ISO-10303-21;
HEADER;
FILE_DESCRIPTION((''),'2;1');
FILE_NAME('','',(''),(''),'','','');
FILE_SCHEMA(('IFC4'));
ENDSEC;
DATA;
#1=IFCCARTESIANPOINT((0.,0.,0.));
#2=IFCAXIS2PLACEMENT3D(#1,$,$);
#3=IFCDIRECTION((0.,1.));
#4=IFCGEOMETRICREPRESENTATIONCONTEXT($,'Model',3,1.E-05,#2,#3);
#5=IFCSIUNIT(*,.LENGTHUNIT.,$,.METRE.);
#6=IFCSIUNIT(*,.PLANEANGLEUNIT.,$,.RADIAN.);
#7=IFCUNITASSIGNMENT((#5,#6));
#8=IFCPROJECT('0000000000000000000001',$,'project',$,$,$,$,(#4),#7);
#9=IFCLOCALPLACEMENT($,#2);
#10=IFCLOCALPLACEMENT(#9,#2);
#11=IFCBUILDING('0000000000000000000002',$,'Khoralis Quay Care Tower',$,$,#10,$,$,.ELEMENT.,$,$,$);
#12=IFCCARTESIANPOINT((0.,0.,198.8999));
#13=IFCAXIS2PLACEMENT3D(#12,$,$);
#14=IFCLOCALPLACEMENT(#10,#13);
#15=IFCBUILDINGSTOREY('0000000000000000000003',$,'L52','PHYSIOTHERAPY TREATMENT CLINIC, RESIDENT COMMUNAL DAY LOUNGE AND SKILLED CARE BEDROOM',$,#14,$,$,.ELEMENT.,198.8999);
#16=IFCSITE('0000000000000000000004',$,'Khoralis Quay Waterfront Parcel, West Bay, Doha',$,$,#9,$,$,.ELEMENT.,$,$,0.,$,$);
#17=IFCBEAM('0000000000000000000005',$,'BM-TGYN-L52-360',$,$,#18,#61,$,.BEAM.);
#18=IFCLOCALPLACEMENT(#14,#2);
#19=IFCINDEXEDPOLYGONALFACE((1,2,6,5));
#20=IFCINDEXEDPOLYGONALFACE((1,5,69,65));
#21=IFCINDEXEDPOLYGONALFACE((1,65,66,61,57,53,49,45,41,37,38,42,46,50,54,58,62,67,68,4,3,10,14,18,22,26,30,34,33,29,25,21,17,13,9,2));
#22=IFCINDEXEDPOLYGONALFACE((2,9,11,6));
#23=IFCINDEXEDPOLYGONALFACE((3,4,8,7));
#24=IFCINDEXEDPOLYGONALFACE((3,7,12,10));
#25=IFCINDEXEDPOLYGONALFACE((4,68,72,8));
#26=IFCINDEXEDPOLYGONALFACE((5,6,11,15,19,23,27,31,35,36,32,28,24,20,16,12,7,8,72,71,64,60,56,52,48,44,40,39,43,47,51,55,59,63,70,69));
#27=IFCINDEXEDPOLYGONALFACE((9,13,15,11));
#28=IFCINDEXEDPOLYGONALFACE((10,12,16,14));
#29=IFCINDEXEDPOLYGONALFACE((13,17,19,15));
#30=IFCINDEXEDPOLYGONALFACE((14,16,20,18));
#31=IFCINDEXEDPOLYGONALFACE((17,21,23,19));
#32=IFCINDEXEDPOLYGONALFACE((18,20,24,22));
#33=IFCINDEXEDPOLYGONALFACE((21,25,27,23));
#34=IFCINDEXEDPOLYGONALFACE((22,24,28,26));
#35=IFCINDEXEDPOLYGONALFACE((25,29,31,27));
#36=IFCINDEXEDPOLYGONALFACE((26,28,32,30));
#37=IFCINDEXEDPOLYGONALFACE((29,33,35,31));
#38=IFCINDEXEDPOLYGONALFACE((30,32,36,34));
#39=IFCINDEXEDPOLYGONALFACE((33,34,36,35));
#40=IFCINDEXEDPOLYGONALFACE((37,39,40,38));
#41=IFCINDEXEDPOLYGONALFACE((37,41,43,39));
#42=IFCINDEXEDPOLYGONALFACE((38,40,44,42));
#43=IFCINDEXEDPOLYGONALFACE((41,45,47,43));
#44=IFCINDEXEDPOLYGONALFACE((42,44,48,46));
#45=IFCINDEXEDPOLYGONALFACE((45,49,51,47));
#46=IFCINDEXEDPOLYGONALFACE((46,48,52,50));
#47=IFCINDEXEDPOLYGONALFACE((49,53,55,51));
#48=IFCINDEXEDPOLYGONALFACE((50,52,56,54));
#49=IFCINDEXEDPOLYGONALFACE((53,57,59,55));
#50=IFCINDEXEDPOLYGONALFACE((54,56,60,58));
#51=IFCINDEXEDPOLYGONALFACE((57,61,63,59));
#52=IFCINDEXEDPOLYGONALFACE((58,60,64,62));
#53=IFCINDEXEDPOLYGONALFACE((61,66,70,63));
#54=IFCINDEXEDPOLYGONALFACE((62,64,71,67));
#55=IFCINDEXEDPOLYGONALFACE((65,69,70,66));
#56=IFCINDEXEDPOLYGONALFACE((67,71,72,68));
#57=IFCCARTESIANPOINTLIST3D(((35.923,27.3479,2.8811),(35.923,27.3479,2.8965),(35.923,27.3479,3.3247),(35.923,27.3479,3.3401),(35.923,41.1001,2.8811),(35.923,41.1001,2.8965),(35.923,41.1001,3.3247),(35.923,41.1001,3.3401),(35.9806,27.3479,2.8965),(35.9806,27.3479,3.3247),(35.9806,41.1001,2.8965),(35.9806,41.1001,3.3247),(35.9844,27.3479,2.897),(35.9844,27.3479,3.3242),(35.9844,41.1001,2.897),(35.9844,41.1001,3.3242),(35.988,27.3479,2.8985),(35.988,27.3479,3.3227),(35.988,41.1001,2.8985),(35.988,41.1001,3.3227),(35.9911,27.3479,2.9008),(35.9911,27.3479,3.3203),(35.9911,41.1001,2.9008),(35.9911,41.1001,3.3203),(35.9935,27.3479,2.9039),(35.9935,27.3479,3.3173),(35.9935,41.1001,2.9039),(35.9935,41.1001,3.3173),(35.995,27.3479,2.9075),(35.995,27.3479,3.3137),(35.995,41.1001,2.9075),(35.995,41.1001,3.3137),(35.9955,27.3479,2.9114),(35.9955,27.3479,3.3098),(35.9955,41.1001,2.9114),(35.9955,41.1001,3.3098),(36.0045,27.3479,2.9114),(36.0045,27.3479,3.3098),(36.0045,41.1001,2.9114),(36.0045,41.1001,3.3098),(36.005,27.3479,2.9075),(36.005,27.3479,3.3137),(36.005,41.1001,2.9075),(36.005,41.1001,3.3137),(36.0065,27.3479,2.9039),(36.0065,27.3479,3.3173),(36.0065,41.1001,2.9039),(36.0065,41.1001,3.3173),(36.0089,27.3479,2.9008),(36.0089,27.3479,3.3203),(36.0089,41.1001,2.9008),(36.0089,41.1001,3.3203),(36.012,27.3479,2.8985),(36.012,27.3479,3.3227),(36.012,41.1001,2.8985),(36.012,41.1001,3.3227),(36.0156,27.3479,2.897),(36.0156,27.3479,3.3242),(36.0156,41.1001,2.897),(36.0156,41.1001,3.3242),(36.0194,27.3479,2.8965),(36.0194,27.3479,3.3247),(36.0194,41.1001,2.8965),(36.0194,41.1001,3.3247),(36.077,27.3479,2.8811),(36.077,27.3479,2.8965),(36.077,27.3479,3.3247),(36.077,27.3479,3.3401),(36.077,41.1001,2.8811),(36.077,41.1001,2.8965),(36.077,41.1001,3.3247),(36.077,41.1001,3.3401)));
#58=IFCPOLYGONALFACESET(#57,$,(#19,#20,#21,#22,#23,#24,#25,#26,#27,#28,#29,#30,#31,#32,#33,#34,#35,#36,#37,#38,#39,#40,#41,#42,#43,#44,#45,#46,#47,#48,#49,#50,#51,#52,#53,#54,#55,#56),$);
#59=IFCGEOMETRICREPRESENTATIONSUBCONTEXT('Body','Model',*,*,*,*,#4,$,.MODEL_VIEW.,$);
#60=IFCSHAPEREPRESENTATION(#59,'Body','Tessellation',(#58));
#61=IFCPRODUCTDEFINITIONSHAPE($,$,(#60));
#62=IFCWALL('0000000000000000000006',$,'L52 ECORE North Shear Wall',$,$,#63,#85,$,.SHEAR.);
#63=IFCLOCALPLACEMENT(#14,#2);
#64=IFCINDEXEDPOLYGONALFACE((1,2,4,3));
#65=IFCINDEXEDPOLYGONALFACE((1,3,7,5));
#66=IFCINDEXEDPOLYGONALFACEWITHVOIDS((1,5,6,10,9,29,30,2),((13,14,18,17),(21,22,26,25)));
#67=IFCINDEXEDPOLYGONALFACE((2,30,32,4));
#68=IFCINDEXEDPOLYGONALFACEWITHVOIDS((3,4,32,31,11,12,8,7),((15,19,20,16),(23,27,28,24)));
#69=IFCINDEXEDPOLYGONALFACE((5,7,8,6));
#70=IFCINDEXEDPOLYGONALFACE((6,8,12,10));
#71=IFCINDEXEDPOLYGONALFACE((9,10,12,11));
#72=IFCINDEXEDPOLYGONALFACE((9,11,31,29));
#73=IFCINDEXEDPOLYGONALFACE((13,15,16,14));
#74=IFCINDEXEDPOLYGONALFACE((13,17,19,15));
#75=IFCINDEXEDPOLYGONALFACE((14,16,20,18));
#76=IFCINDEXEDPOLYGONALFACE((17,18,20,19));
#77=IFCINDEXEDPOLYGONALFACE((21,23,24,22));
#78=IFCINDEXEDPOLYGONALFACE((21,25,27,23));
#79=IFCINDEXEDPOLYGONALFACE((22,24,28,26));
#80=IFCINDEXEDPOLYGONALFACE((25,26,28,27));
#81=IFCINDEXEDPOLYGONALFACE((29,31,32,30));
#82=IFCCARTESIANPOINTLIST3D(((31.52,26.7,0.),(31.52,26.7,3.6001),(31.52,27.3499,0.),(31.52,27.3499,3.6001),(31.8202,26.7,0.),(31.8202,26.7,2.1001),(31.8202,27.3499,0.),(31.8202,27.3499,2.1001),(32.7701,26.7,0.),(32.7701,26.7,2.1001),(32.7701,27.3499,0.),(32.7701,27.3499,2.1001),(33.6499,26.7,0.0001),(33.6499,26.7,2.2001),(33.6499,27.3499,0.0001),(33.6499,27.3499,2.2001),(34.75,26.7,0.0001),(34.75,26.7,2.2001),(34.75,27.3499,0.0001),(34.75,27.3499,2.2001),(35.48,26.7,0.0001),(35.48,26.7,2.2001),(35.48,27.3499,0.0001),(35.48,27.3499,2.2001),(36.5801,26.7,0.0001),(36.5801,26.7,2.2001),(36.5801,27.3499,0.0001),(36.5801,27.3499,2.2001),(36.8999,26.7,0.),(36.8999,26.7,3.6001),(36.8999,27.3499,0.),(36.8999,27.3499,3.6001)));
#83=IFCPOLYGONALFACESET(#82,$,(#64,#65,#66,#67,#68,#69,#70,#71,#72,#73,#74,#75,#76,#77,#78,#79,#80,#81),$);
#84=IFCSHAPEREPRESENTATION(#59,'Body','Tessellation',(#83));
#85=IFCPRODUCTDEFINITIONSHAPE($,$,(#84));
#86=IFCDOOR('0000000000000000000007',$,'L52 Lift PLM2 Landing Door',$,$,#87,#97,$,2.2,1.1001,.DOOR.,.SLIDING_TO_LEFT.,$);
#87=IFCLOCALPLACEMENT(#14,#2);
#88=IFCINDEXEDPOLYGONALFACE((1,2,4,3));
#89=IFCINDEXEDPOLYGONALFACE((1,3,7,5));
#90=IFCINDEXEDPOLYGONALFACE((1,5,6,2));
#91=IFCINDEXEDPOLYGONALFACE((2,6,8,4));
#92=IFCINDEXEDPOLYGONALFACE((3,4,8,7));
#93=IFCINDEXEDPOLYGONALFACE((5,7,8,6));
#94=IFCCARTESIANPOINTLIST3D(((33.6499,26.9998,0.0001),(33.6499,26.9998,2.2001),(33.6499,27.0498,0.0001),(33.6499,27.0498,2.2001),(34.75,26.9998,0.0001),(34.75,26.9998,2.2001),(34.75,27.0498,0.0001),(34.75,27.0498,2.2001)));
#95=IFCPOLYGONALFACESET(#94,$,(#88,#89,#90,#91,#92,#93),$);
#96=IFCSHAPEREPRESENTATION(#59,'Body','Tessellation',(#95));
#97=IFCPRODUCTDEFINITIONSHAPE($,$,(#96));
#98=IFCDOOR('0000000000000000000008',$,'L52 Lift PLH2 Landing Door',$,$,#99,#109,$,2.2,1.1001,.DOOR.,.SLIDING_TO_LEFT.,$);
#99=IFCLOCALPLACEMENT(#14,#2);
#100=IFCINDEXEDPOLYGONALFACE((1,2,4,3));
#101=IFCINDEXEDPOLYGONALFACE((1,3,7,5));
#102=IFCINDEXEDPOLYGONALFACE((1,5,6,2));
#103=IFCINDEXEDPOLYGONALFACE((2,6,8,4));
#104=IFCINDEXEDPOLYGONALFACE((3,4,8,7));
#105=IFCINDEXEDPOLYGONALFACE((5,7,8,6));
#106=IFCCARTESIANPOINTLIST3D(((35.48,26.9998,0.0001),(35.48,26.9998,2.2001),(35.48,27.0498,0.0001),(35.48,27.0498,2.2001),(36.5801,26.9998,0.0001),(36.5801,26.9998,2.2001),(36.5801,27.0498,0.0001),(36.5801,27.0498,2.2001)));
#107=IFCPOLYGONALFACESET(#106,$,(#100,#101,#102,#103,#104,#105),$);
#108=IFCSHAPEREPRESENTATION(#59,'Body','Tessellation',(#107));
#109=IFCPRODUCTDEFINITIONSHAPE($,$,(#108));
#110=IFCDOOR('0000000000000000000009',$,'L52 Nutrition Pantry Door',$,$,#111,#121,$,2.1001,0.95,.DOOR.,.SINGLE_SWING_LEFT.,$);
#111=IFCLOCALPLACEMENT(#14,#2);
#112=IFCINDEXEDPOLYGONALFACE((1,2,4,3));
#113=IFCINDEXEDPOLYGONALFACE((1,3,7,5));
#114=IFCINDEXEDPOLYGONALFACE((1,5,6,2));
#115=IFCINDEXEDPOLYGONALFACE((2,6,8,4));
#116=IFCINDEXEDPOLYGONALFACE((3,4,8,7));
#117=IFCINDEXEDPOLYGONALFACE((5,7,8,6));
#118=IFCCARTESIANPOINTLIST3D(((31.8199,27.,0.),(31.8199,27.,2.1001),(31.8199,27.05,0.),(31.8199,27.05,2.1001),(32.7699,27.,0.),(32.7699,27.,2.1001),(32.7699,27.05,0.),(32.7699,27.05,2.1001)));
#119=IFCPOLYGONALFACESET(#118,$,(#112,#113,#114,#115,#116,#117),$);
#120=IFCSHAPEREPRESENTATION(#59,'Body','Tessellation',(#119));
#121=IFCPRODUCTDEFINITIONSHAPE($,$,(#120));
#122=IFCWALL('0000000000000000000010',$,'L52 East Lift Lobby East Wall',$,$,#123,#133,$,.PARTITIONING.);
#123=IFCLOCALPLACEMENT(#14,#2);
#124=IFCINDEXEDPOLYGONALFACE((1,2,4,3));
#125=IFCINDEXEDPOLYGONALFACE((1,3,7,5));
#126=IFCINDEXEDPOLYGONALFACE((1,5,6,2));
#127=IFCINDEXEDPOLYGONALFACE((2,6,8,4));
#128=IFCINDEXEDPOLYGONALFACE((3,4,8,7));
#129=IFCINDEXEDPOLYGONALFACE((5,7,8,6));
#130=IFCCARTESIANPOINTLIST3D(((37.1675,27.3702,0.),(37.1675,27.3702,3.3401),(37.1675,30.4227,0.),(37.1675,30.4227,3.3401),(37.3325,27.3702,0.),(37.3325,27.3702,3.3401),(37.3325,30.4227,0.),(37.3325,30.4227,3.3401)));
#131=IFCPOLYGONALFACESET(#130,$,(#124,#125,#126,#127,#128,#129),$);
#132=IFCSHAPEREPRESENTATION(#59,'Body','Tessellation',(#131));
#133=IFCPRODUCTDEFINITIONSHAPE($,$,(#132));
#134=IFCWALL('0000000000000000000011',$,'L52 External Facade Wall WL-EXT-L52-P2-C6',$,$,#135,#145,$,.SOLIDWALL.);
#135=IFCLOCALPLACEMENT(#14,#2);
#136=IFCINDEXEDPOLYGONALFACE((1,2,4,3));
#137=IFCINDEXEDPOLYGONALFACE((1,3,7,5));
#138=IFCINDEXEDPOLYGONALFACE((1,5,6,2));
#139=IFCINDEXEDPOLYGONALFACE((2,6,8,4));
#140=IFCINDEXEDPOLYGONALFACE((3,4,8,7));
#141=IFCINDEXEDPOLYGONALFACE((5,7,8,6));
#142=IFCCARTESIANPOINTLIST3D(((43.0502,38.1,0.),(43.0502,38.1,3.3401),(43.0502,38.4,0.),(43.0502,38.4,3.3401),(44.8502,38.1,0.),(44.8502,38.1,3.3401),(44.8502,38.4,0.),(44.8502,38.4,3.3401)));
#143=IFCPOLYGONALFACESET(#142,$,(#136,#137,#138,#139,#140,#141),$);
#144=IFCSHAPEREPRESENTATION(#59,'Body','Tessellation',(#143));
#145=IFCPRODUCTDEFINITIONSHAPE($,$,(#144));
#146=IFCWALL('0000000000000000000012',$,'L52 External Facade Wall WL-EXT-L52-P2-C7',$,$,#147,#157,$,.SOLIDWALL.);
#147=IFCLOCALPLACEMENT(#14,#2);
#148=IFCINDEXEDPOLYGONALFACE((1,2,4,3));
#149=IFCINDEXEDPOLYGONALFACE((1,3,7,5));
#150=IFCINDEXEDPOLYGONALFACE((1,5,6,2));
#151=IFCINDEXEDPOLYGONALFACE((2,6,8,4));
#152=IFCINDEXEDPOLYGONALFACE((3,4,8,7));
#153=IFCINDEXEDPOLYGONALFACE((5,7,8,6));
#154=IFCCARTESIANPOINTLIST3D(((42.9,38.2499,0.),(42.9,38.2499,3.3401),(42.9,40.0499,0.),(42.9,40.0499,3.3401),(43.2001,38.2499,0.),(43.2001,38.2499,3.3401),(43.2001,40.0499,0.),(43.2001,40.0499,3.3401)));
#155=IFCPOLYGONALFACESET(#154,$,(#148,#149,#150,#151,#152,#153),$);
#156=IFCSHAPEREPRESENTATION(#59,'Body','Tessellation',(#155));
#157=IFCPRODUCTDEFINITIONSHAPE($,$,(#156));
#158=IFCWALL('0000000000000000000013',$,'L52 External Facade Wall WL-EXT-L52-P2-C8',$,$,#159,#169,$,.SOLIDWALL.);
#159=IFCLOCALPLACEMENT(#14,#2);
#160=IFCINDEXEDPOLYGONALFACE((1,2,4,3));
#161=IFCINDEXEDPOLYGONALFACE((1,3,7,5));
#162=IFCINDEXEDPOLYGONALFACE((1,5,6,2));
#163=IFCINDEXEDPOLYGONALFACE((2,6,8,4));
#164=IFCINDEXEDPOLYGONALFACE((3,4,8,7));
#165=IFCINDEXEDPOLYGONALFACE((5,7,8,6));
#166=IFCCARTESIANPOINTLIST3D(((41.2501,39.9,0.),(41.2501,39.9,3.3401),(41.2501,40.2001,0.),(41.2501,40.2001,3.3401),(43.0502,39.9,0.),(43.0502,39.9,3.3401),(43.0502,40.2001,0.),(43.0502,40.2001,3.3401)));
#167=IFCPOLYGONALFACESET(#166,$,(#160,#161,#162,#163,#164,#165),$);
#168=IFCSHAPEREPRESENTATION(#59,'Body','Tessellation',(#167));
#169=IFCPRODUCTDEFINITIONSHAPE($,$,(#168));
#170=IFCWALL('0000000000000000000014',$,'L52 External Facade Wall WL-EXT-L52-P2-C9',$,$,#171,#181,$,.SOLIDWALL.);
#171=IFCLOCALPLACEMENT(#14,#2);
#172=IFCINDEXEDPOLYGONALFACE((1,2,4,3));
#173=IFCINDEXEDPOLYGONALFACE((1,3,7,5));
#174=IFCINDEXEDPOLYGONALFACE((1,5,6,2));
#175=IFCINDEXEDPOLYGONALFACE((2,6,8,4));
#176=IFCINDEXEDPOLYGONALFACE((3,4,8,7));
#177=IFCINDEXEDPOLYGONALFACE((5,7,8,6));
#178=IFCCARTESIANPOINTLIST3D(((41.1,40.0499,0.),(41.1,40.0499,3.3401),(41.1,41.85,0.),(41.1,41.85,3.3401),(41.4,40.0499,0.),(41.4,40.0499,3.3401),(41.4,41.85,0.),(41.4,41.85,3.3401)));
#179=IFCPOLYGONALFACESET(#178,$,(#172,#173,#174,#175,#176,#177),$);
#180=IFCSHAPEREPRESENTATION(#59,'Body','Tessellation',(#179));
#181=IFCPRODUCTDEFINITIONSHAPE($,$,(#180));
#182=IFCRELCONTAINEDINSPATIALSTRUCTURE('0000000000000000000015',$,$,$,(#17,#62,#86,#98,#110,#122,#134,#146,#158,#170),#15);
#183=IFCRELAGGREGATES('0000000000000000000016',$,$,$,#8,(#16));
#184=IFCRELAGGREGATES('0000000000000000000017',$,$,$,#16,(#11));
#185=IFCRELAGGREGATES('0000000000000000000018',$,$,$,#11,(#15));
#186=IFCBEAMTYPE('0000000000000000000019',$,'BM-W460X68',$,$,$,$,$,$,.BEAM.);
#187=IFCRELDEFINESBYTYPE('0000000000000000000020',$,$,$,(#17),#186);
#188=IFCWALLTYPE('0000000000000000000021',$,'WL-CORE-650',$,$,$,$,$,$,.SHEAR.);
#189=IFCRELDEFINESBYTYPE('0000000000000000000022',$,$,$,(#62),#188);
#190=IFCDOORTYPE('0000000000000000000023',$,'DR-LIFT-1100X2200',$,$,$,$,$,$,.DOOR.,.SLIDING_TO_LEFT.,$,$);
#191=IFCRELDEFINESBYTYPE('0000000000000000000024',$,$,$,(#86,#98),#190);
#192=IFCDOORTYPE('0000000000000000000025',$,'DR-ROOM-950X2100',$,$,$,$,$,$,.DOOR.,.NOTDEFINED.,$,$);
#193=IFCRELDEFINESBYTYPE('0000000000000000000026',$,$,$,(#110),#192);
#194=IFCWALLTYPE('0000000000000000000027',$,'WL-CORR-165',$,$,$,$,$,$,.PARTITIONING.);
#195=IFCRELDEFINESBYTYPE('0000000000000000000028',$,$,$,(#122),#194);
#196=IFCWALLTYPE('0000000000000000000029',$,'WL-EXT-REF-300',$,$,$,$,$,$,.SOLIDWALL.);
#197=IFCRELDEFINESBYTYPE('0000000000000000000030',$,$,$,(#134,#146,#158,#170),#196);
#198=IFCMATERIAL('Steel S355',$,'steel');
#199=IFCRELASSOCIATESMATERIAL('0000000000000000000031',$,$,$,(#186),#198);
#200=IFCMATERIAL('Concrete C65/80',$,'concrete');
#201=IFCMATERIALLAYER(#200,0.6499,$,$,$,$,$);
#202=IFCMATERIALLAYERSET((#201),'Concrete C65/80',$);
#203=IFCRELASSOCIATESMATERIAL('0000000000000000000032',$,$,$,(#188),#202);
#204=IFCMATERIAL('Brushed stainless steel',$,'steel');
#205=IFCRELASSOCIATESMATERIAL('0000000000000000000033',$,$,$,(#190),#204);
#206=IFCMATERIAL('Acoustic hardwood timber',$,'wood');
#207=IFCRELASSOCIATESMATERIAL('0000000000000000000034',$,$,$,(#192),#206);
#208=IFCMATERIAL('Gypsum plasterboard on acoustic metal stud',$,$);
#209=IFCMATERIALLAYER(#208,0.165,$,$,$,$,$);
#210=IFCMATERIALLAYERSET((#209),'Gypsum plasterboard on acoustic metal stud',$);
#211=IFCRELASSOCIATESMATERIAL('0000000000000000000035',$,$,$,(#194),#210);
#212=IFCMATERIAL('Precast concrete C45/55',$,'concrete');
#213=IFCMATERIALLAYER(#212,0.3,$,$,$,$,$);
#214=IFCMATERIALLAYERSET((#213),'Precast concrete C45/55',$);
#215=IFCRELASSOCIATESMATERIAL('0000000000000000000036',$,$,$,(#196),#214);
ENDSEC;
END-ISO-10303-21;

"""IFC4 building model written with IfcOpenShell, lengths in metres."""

from ifc_helpers import new_model, si_unit, direction, frame, frame_2d, origin, origin_2d, place, context, subcontext, project, spatial, rectangle, i_section, extrude, source, transform, mapped, material, layer, layer_set, material_profile, profile_set, type_object, element, fill, save


model = new_model("IFC4")

# Units and contexts
model_context = context("Model", 3, precision=1e-05, world=origin(), true_north=direction((0.0, 1.0)))
body_context = subcontext(model_context, "Body", "Model", "MODEL_VIEW")
ifc_project = project(units=[si_unit("LENGTHUNIT", "METRE"), si_unit("PLANEANGLEUNIT", "RADIAN")], contexts=[model_context])

# Site, building, storey
site_placement = place(None, origin())
site = spatial("IfcSite", under=ifc_project, at=site_placement, Name="Khoralis Quay Waterfront Parcel, West Bay, Doha", CompositionType="ELEMENT", RefElevation=0.0)
building_placement = place(site_placement, origin())
building = spatial("IfcBuilding", under=site, at=building_placement, Name="Khoralis Quay Care Tower", CompositionType="ELEMENT")
storey_placement = place(building_placement, frame((0.0, 0.0, 198.8999)))
storey = spatial("IfcBuildingStorey", under=building, at=storey_placement, Name="L52", Description="PHYSIOTHERAPY TREATMENT CLINIC, RESIDENT COMMUNAL DAY LOUNGE AND SKILLED CARE BEDROOM", CompositionType="ELEMENT", Elevation=198.8999)

# Shared definitions
ifc_material_1 = material(Name="Concrete C65/80", Category="concrete")

# Beam
ifc_material_2 = material(Name="Steel S355", Category="steel")
ifc_material_profile_1 = material_profile(ifc_material_2, i_section(OverallWidth=0.1541, OverallDepth=0.459, WebThickness=0.009, FlangeThickness=0.0154, FilletRadius=0.0149, at=origin_2d()), Name="Steel S355")
ifc_profile_set_1 = profile_set([ifc_material_profile_1], Name="Steel S355")
beam_type_1 = type_object("IfcBeamType", Name="BM-W460X68", PredefinedType="BEAM", material=ifc_profile_set_1)
shared_shape_1 = source(origin(), body_context, "Body", "SweptSolid", [
    extrude(i_section(OverallWidth=0.1541, OverallDepth=0.459, WebThickness=0.009, FlangeThickness=0.0154, FilletRadius=0.0149, at=origin_2d()), origin(), (0.0, 0.0, 1.0), 13.7522),
])
beam_1_placement = place(storey_placement, frame((36.0, 27.3479, 3.1106), z_axis=(0.0, 1.0, 0.0), x_axis=(-1.0, 0.0, 0.0)))
element("IfcBeam", 1, at=beam_1_placement, inside=storey, type_object=beam_type_1, Name="BM-TGYN-L52-360", PredefinedType="BEAM", context=body_context, shape_type="MappedRepresentation", body=[
    mapped(shared_shape_1, transform((0.0, 0.0, 0.0), scale=1.0)),
])

# Wall, openings, doors
ifc_layer_1 = layer(ifc_material_1, 0.6499)
ifc_layer_set_1 = layer_set([ifc_layer_1], Name="Concrete C65/80")
wall_type_1 = type_object("IfcWallType", Name="WL-CORE-650", PredefinedType="SHEAR", material=ifc_layer_set_1)
wall_1_placement = place(storey_placement, frame((31.52, 27.0249, 0.0), z_axis=(0.0, 0.0, 1.0), x_axis=(1.0, 0.0, 0.0)))
wall_1 = element("IfcWall", 2, at=wall_1_placement, inside=storey, type_object=wall_type_1, Name="L52 ECORE North Shear Wall", PredefinedType="SHEAR", context=body_context, shape_type="SweptSolid", body=[
    extrude(rectangle(XDim=5.3799, YDim=0.6499, at=frame_2d((2.6899, 0.0))), origin(), (0.0, 0.0, 1.0), 3.6001),
])
opening_1_placement = place(wall_1_placement, frame((0.3, 0.0, 0.0)))
opening_1 = element("IfcOpeningElement", 3, at=opening_1_placement, cuts=wall_1, PredefinedType="OPENING", context=body_context, shape_type="SweptSolid", body=[
    extrude(rectangle(XDim=0.95, YDim=2.1001, at=frame_2d((0.4751, 1.05))), frame((0.0, 0.335, 0.0), z_axis=(0.0, -1.0, 0.0), x_axis=(1.0, 0.0, 0.0)), (0.0, 0.0, 1.0), 0.6699),
])
opening_2_placement = place(wall_1_placement, frame((2.1299, 0.0, 0.0)))
opening_2 = element("IfcOpeningElement", 4, at=opening_2_placement, cuts=wall_1, PredefinedType="OPENING", context=body_context, shape_type="SweptSolid", body=[
    extrude(rectangle(XDim=1.1001, YDim=2.2, at=frame_2d((0.55, 1.1001))), frame((0.0, 0.335, 0.0), z_axis=(0.0, -1.0, 0.0), x_axis=(1.0, 0.0, 0.0)), (0.0, 0.0, 1.0), 0.6699),
])
opening_3_placement = place(wall_1_placement, frame((3.96, 0.0, 0.0)))
opening_3 = element("IfcOpeningElement", 5, at=opening_3_placement, cuts=wall_1, PredefinedType="OPENING", context=body_context, shape_type="SweptSolid", body=[
    extrude(rectangle(XDim=1.1001, YDim=2.2, at=frame_2d((0.55, 1.1001))), frame((0.0, 0.335, 0.0), z_axis=(0.0, -1.0, 0.0), x_axis=(1.0, 0.0, 0.0)), (0.0, 0.0, 1.0), 0.6699),
])
ifc_material_3 = material(Name="Brushed stainless steel", Category="steel")
door_type_1 = type_object("IfcDoorType", Name="DR-LIFT-1100X2200", OperationType="SLIDING_TO_LEFT", PredefinedType="DOOR", material=ifc_material_3)
shared_shape_2 = source(origin(), body_context, "Body", "SweptSolid", [
    extrude(rectangle(XDim=1.1001, YDim=2.2, at=frame_2d((0.55, 1.1001))), frame((0.0, 0.0249, 0.0), z_axis=(0.0, -1.0, 0.0), x_axis=(1.0, 0.0, 0.0)), (0.0, 0.0, 1.0), 0.05),
])
door_1_placement = place(opening_2_placement, origin())
door_1 = element("IfcDoor", 6, at=door_1_placement, inside=storey, type_object=door_type_1, Name="L52 Lift PLM2 Landing Door", OperationType="SLIDING_TO_LEFT", OverallHeight=2.2, OverallWidth=1.1001, PredefinedType="DOOR", context=body_context, shape_type="MappedRepresentation", body=[
    mapped(shared_shape_2, transform((0.0, 0.0, 0.0), scale=1.0)),
])
fill(opening_2, door_1)
door_2_placement = place(opening_3_placement, origin())
door_2 = element("IfcDoor", 7, at=door_2_placement, inside=storey, type_object=door_type_1, Name="L52 Lift PLH2 Landing Door", OperationType="SLIDING_TO_LEFT", OverallHeight=2.2, OverallWidth=1.1001, PredefinedType="DOOR", context=body_context, shape_type="MappedRepresentation", body=[
    mapped(shared_shape_2, transform((0.0, 0.0, 0.0), scale=1.0)),
])
fill(opening_3, door_2)
ifc_material_4 = material(Name="Acoustic hardwood timber", Category="wood")
door_type_2 = type_object("IfcDoorType", Name="DR-ROOM-950X2100", OperationType="NOTDEFINED", PredefinedType="DOOR", material=ifc_material_4)
shared_shape_3 = source(origin(), body_context, "Body", "SweptSolid", [
    extrude(rectangle(XDim=0.95, YDim=2.1001, at=frame_2d((0.4751, 1.05))), frame((0.0, 0.0249, 0.0), z_axis=(0.0, -1.0, 0.0), x_axis=(1.0, 0.0, 0.0)), (0.0, 0.0, 1.0), 0.05),
])
door_3_placement = place(opening_1_placement, frame((0.95, 0.0, 0.0), z_axis=(0.0, 0.0, 1.0), x_axis=(-1.0, 0.0, 0.0)))
door_3 = element("IfcDoor", 8, at=door_3_placement, inside=storey, type_object=door_type_2, Name="L52 Nutrition Pantry Door", OperationType="SINGLE_SWING_LEFT", OverallHeight=2.1001, OverallWidth=0.95, PredefinedType="DOOR", context=body_context, shape_type="MappedRepresentation", body=[
    mapped(shared_shape_3, transform((0.0, 0.0, 0.0), scale=1.0)),
])
fill(opening_1, door_3)

# Walls
ifc_material_5 = material(Name="Gypsum plasterboard on acoustic metal stud")
ifc_layer_2 = layer(ifc_material_5, 0.165)
ifc_layer_set_2 = layer_set([ifc_layer_2], Name="Gypsum plasterboard on acoustic metal stud")
wall_type_2 = type_object("IfcWallType", Name="WL-CORR-165", PredefinedType="PARTITIONING", material=ifc_layer_set_2)
wall_2_placement = place(storey_placement, frame((37.25, 27.3701, 0.0), z_axis=(0.0, 0.0, 1.0), x_axis=(0.0, 1.0, 0.0)))
element("IfcWall", 9, at=wall_2_placement, inside=storey, type_object=wall_type_2, Name="L52 East Lift Lobby East Wall", PredefinedType="PARTITIONING", context=body_context, shape_type="SweptSolid", body=[
    extrude(rectangle(XDim=3.0525, YDim=0.165, at=frame_2d((1.5264, 0.0))), origin(), (0.0, 0.0, 1.0), 3.3401),
])
ifc_material_6 = material(Name="Precast concrete C45/55", Category="concrete")
ifc_layer_3 = layer(ifc_material_6, 0.3)
ifc_layer_set_3 = layer_set([ifc_layer_3], Name="Precast concrete C45/55")
wall_type_3 = type_object("IfcWallType", Name="WL-EXT-REF-300", PredefinedType="SOLIDWALL", material=ifc_layer_set_3)
for number, where, z_axis, x_axis, name in (
    (10, (44.8501, 38.25, 0.0), (0.0, 0.0, 1.0), (-1.0, 0.0, 0.0), "L52 External Facade Wall WL-EXT-L52-P2-C6"),
    (11, (43.05, 38.25, 0.0), (0.0, 0.0, 1.0), (0.0, 1.0, 0.0), "L52 External Facade Wall WL-EXT-L52-P2-C7"),
    (12, (43.05, 40.05, 0.0), (0.0, 0.0, 1.0), (-1.0, 0.0, 0.0), "L52 External Facade Wall WL-EXT-L52-P2-C8"),
    (13, (41.25, 40.05, 0.0), (0.0, 0.0, 1.0), (0.0, 1.0, 0.0), "L52 External Facade Wall WL-EXT-L52-P2-C9"),
):
    element("IfcWall", number, at=place(storey_placement, frame(where, z_axis=z_axis, x_axis=x_axis)), inside=storey, type_object=wall_type_3, Name=name, PredefinedType="SOLIDWALL", context=body_context, shape_type="SweptSolid", body=[
        extrude(rectangle(XDim=1.8, YDim=0.3, at=frame_2d((0.8999, 0.0))), origin(), (0.0, 0.0, 1.0), 3.3401),
    ])

save(model, "model.ifc")
